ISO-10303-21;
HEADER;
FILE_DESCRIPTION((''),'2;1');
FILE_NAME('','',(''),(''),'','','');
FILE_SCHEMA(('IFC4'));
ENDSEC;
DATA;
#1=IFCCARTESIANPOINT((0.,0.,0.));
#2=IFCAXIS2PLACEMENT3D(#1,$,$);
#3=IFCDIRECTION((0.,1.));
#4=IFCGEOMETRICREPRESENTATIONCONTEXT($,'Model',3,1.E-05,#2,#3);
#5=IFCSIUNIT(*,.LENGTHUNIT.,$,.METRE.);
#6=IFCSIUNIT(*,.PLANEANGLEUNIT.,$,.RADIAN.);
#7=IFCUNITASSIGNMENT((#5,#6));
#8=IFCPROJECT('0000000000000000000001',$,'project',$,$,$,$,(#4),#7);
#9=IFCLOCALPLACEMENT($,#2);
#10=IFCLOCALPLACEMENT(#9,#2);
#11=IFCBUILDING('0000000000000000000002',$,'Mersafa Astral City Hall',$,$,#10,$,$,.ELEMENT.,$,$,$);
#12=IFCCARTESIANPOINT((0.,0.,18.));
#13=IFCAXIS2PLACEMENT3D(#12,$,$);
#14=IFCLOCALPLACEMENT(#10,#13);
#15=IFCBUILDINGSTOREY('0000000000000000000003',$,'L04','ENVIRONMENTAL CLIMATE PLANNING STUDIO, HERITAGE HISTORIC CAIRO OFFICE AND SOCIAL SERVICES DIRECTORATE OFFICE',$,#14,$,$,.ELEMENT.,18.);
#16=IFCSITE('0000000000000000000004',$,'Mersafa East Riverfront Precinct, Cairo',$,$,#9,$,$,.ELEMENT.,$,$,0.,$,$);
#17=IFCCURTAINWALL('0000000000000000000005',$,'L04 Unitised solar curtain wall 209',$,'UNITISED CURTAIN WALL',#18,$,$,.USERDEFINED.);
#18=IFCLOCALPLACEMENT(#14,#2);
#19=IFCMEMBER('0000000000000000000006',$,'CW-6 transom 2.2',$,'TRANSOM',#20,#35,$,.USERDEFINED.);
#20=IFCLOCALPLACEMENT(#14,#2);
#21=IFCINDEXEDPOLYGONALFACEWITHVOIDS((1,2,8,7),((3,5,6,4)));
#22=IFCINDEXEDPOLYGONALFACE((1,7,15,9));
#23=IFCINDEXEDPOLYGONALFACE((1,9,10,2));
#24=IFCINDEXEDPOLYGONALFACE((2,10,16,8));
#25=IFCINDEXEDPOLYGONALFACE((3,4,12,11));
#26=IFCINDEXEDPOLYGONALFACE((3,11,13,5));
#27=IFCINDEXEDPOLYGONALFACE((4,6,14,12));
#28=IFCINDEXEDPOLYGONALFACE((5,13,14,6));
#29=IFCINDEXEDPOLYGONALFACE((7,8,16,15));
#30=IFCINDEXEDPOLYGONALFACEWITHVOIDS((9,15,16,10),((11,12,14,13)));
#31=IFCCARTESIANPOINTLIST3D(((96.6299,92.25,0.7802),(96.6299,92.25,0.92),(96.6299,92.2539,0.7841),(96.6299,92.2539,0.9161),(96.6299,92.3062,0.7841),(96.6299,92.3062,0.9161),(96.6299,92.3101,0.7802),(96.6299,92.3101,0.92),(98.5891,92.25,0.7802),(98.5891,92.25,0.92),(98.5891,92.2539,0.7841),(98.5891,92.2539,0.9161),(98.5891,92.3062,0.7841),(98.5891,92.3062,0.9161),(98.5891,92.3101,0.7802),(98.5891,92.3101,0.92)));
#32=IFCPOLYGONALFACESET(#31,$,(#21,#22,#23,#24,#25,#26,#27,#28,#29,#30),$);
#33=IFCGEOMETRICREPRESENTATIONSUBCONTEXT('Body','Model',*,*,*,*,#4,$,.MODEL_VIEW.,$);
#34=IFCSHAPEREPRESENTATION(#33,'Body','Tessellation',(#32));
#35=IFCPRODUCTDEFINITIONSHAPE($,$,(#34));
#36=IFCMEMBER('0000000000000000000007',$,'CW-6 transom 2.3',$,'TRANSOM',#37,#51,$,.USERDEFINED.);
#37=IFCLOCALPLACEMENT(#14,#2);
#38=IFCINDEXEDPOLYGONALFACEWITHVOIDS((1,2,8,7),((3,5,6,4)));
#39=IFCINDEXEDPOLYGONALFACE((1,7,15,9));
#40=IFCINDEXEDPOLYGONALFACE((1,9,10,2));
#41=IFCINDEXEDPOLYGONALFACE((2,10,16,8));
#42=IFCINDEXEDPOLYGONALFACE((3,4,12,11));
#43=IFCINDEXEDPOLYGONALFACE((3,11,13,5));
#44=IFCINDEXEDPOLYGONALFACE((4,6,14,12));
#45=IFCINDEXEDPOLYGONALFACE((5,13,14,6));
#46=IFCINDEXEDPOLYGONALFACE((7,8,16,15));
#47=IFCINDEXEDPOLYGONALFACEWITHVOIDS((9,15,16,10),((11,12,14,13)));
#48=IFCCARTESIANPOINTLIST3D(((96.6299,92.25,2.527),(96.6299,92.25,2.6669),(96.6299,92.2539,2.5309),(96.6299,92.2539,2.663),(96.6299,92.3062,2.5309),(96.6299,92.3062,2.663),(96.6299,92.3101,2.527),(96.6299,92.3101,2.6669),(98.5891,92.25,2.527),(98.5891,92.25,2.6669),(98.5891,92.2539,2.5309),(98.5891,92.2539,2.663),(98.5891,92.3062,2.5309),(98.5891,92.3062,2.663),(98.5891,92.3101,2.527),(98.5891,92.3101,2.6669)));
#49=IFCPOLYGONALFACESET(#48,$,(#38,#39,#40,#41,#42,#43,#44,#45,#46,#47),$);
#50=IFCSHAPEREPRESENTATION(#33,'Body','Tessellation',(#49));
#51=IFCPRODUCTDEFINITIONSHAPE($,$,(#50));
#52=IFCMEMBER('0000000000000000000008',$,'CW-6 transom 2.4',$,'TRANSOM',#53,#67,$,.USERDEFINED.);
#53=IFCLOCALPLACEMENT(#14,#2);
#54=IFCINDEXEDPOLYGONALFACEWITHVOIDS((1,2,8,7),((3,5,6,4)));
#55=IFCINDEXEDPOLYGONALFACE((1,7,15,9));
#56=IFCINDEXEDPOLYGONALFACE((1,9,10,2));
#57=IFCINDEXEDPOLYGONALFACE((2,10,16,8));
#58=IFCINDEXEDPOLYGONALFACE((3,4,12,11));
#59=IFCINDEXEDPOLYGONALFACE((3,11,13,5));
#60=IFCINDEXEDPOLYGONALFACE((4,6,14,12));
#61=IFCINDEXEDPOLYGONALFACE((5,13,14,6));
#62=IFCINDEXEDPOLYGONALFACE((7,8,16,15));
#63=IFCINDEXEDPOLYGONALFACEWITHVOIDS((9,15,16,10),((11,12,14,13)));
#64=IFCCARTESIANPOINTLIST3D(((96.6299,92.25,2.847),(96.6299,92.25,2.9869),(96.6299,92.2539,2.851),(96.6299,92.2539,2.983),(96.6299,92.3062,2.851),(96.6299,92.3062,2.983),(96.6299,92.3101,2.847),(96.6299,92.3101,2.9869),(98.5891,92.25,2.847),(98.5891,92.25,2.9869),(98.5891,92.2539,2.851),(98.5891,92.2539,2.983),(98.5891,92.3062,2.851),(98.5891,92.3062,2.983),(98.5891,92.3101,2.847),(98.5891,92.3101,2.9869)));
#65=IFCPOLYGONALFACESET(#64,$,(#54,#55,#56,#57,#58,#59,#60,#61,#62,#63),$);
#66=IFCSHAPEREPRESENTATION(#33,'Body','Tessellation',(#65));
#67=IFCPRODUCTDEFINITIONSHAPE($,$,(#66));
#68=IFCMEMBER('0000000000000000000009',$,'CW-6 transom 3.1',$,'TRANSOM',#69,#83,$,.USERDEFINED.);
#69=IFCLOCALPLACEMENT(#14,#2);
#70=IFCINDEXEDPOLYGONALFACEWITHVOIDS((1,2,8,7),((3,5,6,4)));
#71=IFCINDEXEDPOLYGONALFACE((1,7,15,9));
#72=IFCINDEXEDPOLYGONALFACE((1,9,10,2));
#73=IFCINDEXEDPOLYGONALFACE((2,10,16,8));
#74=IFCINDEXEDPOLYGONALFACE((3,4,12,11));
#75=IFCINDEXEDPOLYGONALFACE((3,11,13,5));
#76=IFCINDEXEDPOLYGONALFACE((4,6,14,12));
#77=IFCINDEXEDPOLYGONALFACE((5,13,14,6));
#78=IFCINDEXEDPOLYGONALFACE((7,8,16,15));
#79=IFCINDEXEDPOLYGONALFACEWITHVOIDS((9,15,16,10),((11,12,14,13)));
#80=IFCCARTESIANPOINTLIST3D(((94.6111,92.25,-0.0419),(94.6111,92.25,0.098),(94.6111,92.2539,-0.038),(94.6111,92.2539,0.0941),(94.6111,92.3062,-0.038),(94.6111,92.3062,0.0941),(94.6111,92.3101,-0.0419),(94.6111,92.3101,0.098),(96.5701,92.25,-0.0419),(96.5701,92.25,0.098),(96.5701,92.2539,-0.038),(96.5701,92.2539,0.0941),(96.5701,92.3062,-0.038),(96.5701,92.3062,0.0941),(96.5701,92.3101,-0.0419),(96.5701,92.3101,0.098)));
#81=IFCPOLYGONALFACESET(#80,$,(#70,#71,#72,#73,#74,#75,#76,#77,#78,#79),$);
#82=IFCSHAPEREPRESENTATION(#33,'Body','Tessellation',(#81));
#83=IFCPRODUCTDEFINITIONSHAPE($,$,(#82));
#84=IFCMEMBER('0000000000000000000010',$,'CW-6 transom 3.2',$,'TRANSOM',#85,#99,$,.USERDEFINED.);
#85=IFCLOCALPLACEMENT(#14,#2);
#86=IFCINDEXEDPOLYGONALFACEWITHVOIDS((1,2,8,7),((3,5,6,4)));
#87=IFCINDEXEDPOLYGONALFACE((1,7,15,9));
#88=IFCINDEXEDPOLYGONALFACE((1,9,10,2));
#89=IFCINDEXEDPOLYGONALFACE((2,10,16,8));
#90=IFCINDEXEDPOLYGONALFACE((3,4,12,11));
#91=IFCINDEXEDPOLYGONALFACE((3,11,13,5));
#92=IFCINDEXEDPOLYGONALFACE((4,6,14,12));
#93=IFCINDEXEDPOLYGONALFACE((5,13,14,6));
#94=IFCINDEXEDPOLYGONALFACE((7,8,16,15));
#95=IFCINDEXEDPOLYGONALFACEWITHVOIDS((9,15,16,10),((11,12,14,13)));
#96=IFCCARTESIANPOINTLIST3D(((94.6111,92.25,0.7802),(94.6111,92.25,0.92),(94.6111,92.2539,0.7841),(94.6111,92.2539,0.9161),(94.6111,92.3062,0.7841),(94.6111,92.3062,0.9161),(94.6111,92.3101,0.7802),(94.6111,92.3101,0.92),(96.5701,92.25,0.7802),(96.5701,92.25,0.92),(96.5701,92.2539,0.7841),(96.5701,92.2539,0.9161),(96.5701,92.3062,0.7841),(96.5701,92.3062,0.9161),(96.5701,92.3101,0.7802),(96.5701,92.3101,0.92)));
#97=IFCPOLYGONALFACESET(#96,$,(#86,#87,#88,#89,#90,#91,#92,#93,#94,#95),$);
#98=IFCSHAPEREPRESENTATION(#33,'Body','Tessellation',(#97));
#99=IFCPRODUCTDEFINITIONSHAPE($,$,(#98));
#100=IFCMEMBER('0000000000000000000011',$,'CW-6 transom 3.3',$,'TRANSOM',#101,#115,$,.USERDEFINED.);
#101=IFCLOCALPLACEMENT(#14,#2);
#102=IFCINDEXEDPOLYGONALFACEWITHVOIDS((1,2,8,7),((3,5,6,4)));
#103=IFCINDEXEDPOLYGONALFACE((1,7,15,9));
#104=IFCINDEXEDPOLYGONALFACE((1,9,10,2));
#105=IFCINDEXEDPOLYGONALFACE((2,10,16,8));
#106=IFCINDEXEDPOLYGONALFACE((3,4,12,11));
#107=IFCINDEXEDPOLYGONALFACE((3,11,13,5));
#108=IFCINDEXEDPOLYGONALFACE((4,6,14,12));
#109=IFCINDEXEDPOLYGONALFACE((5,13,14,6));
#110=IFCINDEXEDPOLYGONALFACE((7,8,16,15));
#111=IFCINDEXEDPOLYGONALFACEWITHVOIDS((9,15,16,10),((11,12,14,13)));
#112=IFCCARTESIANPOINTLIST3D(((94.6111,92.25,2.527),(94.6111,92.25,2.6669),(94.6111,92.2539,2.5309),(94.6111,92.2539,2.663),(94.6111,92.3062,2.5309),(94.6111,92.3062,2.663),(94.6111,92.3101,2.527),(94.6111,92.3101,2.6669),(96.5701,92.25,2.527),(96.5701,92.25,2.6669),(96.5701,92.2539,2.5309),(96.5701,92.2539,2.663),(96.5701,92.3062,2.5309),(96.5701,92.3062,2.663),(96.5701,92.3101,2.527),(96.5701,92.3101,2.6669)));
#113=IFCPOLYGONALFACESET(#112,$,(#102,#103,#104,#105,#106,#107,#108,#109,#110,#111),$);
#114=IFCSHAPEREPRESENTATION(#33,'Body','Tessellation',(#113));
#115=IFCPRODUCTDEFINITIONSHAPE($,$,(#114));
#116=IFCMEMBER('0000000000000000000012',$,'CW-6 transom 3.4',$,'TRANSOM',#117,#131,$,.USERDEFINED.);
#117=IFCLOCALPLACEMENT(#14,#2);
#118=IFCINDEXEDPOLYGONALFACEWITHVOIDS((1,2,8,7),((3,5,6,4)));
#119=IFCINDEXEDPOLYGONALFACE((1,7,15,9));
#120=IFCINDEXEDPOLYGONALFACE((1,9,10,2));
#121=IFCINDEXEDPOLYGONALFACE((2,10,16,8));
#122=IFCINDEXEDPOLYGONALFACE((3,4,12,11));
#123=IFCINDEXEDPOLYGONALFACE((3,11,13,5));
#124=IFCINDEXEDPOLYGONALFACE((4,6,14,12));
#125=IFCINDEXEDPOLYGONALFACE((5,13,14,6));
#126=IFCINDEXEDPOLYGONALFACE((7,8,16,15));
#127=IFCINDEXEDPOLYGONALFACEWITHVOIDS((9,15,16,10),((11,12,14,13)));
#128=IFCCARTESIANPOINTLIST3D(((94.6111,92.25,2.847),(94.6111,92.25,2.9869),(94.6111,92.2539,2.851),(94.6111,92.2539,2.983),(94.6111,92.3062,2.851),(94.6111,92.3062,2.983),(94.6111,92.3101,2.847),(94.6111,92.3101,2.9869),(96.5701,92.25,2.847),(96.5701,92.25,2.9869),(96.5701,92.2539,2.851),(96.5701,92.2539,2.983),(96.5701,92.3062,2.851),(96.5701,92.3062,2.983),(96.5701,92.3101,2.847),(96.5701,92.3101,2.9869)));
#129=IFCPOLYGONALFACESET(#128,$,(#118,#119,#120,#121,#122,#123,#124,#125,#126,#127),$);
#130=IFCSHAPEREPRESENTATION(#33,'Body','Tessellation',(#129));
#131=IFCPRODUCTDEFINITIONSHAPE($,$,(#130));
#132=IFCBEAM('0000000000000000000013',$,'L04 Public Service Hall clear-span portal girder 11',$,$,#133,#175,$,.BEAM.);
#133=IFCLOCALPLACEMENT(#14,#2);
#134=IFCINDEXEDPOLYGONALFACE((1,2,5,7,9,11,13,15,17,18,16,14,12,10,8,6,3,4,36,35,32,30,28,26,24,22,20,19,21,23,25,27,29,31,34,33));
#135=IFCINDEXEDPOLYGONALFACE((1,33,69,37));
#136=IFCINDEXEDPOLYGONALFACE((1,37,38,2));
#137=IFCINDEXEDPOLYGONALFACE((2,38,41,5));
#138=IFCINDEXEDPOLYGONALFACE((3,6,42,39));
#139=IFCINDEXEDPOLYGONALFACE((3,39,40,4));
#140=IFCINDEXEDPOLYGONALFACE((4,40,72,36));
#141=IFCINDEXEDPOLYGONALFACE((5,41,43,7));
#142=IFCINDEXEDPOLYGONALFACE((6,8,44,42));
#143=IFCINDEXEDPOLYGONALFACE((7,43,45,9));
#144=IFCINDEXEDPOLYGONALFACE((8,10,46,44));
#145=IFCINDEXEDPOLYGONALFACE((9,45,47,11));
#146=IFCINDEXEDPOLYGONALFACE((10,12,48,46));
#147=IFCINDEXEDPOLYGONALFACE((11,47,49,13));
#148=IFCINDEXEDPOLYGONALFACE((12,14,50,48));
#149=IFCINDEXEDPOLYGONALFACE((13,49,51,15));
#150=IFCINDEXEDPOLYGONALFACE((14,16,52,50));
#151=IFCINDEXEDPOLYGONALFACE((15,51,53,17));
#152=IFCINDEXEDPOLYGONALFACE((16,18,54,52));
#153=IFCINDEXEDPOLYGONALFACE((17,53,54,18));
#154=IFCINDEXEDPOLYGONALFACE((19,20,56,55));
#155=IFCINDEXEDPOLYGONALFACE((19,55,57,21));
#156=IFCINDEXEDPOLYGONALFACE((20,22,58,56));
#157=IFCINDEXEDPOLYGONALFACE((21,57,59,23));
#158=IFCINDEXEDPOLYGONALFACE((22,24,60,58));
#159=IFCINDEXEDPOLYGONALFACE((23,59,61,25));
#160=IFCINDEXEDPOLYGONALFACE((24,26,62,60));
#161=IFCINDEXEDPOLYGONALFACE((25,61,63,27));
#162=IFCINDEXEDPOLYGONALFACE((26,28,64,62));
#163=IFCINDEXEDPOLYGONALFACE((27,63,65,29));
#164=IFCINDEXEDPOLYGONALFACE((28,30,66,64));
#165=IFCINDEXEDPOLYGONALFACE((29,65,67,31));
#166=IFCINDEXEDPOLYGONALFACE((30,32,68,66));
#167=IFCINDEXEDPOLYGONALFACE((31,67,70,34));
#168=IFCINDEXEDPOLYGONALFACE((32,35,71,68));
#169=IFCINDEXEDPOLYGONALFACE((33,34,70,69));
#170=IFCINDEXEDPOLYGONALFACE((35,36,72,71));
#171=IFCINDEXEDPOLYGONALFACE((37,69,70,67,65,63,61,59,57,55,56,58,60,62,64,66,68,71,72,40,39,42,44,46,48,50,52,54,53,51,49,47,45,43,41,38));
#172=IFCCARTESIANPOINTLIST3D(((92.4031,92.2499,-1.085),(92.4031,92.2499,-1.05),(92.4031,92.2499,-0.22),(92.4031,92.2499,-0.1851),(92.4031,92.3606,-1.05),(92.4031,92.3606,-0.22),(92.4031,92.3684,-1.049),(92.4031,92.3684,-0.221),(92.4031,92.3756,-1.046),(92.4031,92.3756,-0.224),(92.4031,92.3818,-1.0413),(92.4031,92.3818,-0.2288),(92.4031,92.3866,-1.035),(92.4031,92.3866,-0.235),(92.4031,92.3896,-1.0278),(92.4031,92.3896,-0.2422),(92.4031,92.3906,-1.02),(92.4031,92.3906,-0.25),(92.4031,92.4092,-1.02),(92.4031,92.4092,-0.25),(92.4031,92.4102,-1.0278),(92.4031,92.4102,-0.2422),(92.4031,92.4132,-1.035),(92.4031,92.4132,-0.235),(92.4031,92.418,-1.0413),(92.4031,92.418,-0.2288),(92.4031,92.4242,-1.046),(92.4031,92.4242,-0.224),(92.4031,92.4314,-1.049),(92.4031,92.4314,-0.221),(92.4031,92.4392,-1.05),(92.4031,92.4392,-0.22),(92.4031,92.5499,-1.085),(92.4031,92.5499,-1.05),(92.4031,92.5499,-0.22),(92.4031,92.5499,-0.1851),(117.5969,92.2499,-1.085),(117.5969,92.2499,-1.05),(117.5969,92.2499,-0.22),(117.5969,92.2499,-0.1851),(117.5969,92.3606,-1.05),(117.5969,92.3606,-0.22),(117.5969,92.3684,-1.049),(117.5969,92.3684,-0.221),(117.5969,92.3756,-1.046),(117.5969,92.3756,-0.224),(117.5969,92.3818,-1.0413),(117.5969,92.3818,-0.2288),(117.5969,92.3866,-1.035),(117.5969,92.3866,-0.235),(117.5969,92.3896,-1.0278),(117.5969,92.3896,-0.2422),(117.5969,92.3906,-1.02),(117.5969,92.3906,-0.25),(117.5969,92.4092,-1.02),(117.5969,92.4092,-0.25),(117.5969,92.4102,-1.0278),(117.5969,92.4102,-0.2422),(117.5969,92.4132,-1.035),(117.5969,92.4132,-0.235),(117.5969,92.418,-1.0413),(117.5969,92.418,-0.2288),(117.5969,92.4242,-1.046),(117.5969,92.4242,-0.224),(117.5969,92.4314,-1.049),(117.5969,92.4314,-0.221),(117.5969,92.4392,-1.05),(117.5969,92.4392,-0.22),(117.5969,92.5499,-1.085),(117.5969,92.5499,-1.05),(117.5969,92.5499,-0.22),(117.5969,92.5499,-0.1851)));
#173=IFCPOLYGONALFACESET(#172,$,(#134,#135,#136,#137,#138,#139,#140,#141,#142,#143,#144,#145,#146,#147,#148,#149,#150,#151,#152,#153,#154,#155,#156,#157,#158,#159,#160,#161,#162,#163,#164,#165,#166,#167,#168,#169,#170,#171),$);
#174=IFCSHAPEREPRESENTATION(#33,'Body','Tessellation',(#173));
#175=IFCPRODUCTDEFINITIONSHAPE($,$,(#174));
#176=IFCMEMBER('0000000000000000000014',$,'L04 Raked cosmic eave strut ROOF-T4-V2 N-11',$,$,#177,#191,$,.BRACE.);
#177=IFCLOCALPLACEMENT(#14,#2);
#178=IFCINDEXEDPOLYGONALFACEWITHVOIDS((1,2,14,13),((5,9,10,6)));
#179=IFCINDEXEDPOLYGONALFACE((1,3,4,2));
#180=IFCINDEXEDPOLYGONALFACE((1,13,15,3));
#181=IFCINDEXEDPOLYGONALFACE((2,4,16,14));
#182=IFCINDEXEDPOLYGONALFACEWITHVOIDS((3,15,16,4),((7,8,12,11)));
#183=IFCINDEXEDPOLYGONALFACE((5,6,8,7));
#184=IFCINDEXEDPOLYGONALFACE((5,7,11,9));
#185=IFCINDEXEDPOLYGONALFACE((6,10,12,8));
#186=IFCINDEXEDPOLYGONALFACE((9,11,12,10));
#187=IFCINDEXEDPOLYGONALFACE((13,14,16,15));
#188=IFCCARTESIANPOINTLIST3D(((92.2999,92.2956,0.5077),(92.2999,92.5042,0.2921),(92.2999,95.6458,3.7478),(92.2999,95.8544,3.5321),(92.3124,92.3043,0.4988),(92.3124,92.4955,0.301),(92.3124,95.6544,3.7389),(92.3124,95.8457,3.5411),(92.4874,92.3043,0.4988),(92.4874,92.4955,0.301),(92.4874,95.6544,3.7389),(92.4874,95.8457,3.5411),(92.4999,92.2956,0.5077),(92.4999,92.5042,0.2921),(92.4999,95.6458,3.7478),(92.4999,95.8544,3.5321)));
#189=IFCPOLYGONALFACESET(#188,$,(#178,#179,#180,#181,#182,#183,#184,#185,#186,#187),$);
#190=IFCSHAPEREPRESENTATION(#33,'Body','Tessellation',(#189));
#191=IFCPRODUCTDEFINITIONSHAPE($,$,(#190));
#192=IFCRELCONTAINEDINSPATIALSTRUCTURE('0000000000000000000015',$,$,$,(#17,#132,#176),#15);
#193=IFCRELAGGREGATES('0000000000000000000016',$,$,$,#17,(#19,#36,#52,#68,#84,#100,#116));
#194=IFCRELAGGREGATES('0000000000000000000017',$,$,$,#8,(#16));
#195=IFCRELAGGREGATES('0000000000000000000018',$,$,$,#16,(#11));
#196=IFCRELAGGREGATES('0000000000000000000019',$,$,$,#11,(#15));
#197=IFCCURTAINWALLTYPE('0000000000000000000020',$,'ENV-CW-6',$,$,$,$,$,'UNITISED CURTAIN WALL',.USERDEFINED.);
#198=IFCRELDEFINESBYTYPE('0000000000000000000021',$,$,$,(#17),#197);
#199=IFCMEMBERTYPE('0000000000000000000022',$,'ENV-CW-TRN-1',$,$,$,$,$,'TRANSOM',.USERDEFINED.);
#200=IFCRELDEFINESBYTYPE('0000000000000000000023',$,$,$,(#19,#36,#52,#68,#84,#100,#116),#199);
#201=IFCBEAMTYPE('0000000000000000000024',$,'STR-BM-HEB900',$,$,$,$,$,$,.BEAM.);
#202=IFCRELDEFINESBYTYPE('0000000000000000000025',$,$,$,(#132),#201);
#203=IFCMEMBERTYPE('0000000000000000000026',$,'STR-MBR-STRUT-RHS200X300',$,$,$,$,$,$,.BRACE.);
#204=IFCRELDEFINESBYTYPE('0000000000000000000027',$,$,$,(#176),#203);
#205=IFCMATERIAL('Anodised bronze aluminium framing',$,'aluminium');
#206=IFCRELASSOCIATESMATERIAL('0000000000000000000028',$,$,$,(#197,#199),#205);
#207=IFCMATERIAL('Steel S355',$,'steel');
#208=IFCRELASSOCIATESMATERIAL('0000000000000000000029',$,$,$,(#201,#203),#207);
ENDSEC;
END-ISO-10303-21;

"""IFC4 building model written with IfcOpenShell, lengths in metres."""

from ifc_helpers import new_model, si_unit, direction, frame, origin, origin_2d, place, context, subcontext, project, spatial, hollow_rectangle, i_section, extrude, material, material_profile, profile_set, type_object, element, aggregate, save


model = new_model("IFC4")

# Units and contexts
model_context = context("Model", 3, precision=1e-05, world=origin(), true_north=direction((0.0, 1.0)))
body_context = subcontext(model_context, "Body", "Model", "MODEL_VIEW")
ifc_project = project(units=[si_unit("LENGTHUNIT", "METRE"), si_unit("PLANEANGLEUNIT", "RADIAN")], contexts=[model_context])

# Site, building, storey
site_placement = place(None, origin())
site = spatial("IfcSite", under=ifc_project, at=site_placement, Name="Mersafa East Riverfront Precinct, Cairo", CompositionType="ELEMENT", RefElevation=0.0)
building_placement = place(site_placement, origin())
building = spatial("IfcBuilding", under=site, at=building_placement, Name="Mersafa Astral City Hall", CompositionType="ELEMENT")
storey_placement = place(building_placement, frame((0.0, 0.0, 18.0)))
storey = spatial("IfcBuildingStorey", under=building, at=storey_placement, Name="L04", Description="ENVIRONMENTAL CLIMATE PLANNING STUDIO, HERITAGE HISTORIC CAIRO OFFICE AND SOCIAL SERVICES DIRECTORATE OFFICE", CompositionType="ELEMENT", Elevation=18.0)

# Shared definitions
ifc_material_1 = material(Name="Steel S355", Category="steel")

# Curtain wall, members
ifc_material_2 = material(Name="Anodised bronze aluminium framing", Category="aluminium")
curtain_wall_type = type_object("IfcCurtainWallType", Name="ENV-CW-6", ElementType="UNITISED CURTAIN WALL", PredefinedType="USERDEFINED", material=ifc_material_2)
curtain_wall_placement = place(storey_placement, origin())
curtain_wall = element("IfcCurtainWall", 1, at=curtain_wall_placement, inside=storey, type_object=curtain_wall_type, Name="L04 Unitised solar curtain wall 209", ObjectType="UNITISED CURTAIN WALL", PredefinedType="USERDEFINED")
ifc_material_profile_1 = material_profile(ifc_material_2, hollow_rectangle(XDim=0.0601, YDim=0.1399, WallThickness=0.0039, at=origin_2d()), Name="RHS 60x140x4")
ifc_profile_set_1 = profile_set([ifc_material_profile_1], Name="Anodised bronze aluminium framing")
member_type_1 = type_object("IfcMemberType", Name="ENV-CW-TRN-1", ElementType="TRANSOM", PredefinedType="USERDEFINED", material=ifc_profile_set_1)
member_1_placement = place(storey_placement, frame((98.5891, 92.28, 0.8501), z_axis=(-1.0, 0.0, 0.0), x_axis=(0.0, -1.0, 0.0)))
member_1 = element("IfcMember", 2, at=member_1_placement, type_object=member_type_1, Name="CW-6 transom 2.2", ObjectType="TRANSOM", PredefinedType="USERDEFINED", context=body_context, shape_type="SweptSolid", body=[
    extrude(hollow_rectangle(XDim=0.0601, YDim=0.1399, WallThickness=0.0039, at=origin_2d()), origin(), (0.0, 0.0, 1.0), 1.9592),
])
member_2_placement = place(storey_placement, frame((98.5891, 92.28, 2.5969), z_axis=(-1.0, 0.0, 0.0), x_axis=(0.0, -1.0, 0.0)))
member_2 = element("IfcMember", 3, at=member_2_placement, type_object=member_type_1, Name="CW-6 transom 2.3", ObjectType="TRANSOM", PredefinedType="USERDEFINED", context=body_context, shape_type="SweptSolid", body=[
    extrude(hollow_rectangle(XDim=0.0601, YDim=0.1399, WallThickness=0.0039, at=origin_2d()), origin(), (0.0, 0.0, 1.0), 1.9592),
])
member_3_placement = place(storey_placement, frame((98.5891, 92.28, 2.917), z_axis=(-1.0, 0.0, 0.0), x_axis=(0.0, -1.0, 0.0)))
member_3 = element("IfcMember", 4, at=member_3_placement, type_object=member_type_1, Name="CW-6 transom 2.4", ObjectType="TRANSOM", PredefinedType="USERDEFINED", context=body_context, shape_type="SweptSolid", body=[
    extrude(hollow_rectangle(XDim=0.0601, YDim=0.1399, WallThickness=0.0039, at=origin_2d()), origin(), (0.0, 0.0, 1.0), 1.9592),
])
member_4_placement = place(storey_placement, frame((96.5701, 92.28, 0.0281), z_axis=(-1.0, 0.0, 0.0), x_axis=(0.0, -1.0, 0.0)))
member_4 = element("IfcMember", 5, at=member_4_placement, type_object=member_type_1, Name="CW-6 transom 3.1", ObjectType="TRANSOM", PredefinedType="USERDEFINED", context=body_context, shape_type="SweptSolid", body=[
    extrude(hollow_rectangle(XDim=0.0601, YDim=0.1399, WallThickness=0.0039, at=origin_2d()), origin(), (0.0, 0.0, 1.0), 1.959),
])
member_5_placement = place(storey_placement, frame((96.5701, 92.28, 0.8501), z_axis=(-1.0, 0.0, 0.0), x_axis=(0.0, -1.0, 0.0)))
member_5 = element("IfcMember", 6, at=member_5_placement, type_object=member_type_1, Name="CW-6 transom 3.2", ObjectType="TRANSOM", PredefinedType="USERDEFINED", context=body_context, shape_type="SweptSolid", body=[
    extrude(hollow_rectangle(XDim=0.0601, YDim=0.1399, WallThickness=0.0039, at=origin_2d()), origin(), (0.0, 0.0, 1.0), 1.959),
])
member_6_placement = place(storey_placement, frame((96.5701, 92.28, 2.5969), z_axis=(-1.0, 0.0, 0.0), x_axis=(0.0, -1.0, 0.0)))
member_6 = element("IfcMember", 7, at=member_6_placement, type_object=member_type_1, Name="CW-6 transom 3.3", ObjectType="TRANSOM", PredefinedType="USERDEFINED", context=body_context, shape_type="SweptSolid", body=[
    extrude(hollow_rectangle(XDim=0.0601, YDim=0.1399, WallThickness=0.0039, at=origin_2d()), origin(), (0.0, 0.0, 1.0), 1.959),
])
member_7_placement = place(storey_placement, frame((96.5701, 92.28, 2.917), z_axis=(-1.0, 0.0, 0.0), x_axis=(0.0, -1.0, 0.0)))
member_7 = element("IfcMember", 8, at=member_7_placement, type_object=member_type_1, Name="CW-6 transom 3.4", ObjectType="TRANSOM", PredefinedType="USERDEFINED", context=body_context, shape_type="SweptSolid", body=[
    extrude(hollow_rectangle(XDim=0.0601, YDim=0.1399, WallThickness=0.0039, at=origin_2d()), origin(), (0.0, 0.0, 1.0), 1.959),
])

# Beam
ifc_material_profile_2 = material_profile(ifc_material_1, i_section(OverallWidth=0.3, OverallDepth=0.8999, WebThickness=0.0186, FlangeThickness=0.0349, FilletRadius=0.03, at=origin_2d()), Name="HEB 900")
ifc_profile_set_2 = profile_set([ifc_material_profile_2], Name="Steel S355")
beam_type = type_object("IfcBeamType", Name="STR-BM-HEB900", PredefinedType="BEAM", material=ifc_profile_set_2)
beam_placement = place(storey_placement, frame((92.4031, 92.3999, -0.635), z_axis=(1.0, 0.0, 0.0), x_axis=(0.0, 1.0, 0.0)))
element("IfcBeam", 9, at=beam_placement, inside=storey, type_object=beam_type, Name="L04 Public Service Hall clear-span portal girder 11", PredefinedType="BEAM", context=body_context, shape_type="SweptSolid", body=[
    extrude(i_section(OverallWidth=0.3, OverallDepth=0.8999, WebThickness=0.0186, FlangeThickness=0.0349, FilletRadius=0.03, at=origin_2d()), origin(), (0.0, 0.0, 1.0), 25.1938),
])

# Member
ifc_material_profile_3 = material_profile(ifc_material_1, hollow_rectangle(XDim=0.2, YDim=0.3, WallThickness=0.0125, at=origin_2d()), Name="RHS 200x300x12.5")
ifc_profile_set_3 = profile_set([ifc_material_profile_3], Name="Steel S355")
member_type_2 = type_object("IfcMemberType", Name="STR-MBR-STRUT-RHS200X300", PredefinedType="BRACE", material=ifc_profile_set_3)
member_8_placement = place(storey_placement, frame((92.3999, 92.3999, 0.3999), z_axis=(0.0, 0.718821, 0.695195), x_axis=(-1.0, 0.0, 0.0)))
element("IfcMember", 10, at=member_8_placement, inside=storey, type_object=member_type_2, Name="L04 Raked cosmic eave strut ROOF-T4-V2 N-11", PredefinedType="BRACE", context=body_context, shape_type="SweptSolid", body=[
    extrude(hollow_rectangle(XDim=0.2, YDim=0.3, WallThickness=0.0125, at=origin_2d()), origin(), (0.0, 0.0, 1.0), 4.6606),
])

aggregate(curtain_wall, [member_1, member_2, member_3, member_4, member_5, member_6, member_7])

save(model, "model.ifc")
